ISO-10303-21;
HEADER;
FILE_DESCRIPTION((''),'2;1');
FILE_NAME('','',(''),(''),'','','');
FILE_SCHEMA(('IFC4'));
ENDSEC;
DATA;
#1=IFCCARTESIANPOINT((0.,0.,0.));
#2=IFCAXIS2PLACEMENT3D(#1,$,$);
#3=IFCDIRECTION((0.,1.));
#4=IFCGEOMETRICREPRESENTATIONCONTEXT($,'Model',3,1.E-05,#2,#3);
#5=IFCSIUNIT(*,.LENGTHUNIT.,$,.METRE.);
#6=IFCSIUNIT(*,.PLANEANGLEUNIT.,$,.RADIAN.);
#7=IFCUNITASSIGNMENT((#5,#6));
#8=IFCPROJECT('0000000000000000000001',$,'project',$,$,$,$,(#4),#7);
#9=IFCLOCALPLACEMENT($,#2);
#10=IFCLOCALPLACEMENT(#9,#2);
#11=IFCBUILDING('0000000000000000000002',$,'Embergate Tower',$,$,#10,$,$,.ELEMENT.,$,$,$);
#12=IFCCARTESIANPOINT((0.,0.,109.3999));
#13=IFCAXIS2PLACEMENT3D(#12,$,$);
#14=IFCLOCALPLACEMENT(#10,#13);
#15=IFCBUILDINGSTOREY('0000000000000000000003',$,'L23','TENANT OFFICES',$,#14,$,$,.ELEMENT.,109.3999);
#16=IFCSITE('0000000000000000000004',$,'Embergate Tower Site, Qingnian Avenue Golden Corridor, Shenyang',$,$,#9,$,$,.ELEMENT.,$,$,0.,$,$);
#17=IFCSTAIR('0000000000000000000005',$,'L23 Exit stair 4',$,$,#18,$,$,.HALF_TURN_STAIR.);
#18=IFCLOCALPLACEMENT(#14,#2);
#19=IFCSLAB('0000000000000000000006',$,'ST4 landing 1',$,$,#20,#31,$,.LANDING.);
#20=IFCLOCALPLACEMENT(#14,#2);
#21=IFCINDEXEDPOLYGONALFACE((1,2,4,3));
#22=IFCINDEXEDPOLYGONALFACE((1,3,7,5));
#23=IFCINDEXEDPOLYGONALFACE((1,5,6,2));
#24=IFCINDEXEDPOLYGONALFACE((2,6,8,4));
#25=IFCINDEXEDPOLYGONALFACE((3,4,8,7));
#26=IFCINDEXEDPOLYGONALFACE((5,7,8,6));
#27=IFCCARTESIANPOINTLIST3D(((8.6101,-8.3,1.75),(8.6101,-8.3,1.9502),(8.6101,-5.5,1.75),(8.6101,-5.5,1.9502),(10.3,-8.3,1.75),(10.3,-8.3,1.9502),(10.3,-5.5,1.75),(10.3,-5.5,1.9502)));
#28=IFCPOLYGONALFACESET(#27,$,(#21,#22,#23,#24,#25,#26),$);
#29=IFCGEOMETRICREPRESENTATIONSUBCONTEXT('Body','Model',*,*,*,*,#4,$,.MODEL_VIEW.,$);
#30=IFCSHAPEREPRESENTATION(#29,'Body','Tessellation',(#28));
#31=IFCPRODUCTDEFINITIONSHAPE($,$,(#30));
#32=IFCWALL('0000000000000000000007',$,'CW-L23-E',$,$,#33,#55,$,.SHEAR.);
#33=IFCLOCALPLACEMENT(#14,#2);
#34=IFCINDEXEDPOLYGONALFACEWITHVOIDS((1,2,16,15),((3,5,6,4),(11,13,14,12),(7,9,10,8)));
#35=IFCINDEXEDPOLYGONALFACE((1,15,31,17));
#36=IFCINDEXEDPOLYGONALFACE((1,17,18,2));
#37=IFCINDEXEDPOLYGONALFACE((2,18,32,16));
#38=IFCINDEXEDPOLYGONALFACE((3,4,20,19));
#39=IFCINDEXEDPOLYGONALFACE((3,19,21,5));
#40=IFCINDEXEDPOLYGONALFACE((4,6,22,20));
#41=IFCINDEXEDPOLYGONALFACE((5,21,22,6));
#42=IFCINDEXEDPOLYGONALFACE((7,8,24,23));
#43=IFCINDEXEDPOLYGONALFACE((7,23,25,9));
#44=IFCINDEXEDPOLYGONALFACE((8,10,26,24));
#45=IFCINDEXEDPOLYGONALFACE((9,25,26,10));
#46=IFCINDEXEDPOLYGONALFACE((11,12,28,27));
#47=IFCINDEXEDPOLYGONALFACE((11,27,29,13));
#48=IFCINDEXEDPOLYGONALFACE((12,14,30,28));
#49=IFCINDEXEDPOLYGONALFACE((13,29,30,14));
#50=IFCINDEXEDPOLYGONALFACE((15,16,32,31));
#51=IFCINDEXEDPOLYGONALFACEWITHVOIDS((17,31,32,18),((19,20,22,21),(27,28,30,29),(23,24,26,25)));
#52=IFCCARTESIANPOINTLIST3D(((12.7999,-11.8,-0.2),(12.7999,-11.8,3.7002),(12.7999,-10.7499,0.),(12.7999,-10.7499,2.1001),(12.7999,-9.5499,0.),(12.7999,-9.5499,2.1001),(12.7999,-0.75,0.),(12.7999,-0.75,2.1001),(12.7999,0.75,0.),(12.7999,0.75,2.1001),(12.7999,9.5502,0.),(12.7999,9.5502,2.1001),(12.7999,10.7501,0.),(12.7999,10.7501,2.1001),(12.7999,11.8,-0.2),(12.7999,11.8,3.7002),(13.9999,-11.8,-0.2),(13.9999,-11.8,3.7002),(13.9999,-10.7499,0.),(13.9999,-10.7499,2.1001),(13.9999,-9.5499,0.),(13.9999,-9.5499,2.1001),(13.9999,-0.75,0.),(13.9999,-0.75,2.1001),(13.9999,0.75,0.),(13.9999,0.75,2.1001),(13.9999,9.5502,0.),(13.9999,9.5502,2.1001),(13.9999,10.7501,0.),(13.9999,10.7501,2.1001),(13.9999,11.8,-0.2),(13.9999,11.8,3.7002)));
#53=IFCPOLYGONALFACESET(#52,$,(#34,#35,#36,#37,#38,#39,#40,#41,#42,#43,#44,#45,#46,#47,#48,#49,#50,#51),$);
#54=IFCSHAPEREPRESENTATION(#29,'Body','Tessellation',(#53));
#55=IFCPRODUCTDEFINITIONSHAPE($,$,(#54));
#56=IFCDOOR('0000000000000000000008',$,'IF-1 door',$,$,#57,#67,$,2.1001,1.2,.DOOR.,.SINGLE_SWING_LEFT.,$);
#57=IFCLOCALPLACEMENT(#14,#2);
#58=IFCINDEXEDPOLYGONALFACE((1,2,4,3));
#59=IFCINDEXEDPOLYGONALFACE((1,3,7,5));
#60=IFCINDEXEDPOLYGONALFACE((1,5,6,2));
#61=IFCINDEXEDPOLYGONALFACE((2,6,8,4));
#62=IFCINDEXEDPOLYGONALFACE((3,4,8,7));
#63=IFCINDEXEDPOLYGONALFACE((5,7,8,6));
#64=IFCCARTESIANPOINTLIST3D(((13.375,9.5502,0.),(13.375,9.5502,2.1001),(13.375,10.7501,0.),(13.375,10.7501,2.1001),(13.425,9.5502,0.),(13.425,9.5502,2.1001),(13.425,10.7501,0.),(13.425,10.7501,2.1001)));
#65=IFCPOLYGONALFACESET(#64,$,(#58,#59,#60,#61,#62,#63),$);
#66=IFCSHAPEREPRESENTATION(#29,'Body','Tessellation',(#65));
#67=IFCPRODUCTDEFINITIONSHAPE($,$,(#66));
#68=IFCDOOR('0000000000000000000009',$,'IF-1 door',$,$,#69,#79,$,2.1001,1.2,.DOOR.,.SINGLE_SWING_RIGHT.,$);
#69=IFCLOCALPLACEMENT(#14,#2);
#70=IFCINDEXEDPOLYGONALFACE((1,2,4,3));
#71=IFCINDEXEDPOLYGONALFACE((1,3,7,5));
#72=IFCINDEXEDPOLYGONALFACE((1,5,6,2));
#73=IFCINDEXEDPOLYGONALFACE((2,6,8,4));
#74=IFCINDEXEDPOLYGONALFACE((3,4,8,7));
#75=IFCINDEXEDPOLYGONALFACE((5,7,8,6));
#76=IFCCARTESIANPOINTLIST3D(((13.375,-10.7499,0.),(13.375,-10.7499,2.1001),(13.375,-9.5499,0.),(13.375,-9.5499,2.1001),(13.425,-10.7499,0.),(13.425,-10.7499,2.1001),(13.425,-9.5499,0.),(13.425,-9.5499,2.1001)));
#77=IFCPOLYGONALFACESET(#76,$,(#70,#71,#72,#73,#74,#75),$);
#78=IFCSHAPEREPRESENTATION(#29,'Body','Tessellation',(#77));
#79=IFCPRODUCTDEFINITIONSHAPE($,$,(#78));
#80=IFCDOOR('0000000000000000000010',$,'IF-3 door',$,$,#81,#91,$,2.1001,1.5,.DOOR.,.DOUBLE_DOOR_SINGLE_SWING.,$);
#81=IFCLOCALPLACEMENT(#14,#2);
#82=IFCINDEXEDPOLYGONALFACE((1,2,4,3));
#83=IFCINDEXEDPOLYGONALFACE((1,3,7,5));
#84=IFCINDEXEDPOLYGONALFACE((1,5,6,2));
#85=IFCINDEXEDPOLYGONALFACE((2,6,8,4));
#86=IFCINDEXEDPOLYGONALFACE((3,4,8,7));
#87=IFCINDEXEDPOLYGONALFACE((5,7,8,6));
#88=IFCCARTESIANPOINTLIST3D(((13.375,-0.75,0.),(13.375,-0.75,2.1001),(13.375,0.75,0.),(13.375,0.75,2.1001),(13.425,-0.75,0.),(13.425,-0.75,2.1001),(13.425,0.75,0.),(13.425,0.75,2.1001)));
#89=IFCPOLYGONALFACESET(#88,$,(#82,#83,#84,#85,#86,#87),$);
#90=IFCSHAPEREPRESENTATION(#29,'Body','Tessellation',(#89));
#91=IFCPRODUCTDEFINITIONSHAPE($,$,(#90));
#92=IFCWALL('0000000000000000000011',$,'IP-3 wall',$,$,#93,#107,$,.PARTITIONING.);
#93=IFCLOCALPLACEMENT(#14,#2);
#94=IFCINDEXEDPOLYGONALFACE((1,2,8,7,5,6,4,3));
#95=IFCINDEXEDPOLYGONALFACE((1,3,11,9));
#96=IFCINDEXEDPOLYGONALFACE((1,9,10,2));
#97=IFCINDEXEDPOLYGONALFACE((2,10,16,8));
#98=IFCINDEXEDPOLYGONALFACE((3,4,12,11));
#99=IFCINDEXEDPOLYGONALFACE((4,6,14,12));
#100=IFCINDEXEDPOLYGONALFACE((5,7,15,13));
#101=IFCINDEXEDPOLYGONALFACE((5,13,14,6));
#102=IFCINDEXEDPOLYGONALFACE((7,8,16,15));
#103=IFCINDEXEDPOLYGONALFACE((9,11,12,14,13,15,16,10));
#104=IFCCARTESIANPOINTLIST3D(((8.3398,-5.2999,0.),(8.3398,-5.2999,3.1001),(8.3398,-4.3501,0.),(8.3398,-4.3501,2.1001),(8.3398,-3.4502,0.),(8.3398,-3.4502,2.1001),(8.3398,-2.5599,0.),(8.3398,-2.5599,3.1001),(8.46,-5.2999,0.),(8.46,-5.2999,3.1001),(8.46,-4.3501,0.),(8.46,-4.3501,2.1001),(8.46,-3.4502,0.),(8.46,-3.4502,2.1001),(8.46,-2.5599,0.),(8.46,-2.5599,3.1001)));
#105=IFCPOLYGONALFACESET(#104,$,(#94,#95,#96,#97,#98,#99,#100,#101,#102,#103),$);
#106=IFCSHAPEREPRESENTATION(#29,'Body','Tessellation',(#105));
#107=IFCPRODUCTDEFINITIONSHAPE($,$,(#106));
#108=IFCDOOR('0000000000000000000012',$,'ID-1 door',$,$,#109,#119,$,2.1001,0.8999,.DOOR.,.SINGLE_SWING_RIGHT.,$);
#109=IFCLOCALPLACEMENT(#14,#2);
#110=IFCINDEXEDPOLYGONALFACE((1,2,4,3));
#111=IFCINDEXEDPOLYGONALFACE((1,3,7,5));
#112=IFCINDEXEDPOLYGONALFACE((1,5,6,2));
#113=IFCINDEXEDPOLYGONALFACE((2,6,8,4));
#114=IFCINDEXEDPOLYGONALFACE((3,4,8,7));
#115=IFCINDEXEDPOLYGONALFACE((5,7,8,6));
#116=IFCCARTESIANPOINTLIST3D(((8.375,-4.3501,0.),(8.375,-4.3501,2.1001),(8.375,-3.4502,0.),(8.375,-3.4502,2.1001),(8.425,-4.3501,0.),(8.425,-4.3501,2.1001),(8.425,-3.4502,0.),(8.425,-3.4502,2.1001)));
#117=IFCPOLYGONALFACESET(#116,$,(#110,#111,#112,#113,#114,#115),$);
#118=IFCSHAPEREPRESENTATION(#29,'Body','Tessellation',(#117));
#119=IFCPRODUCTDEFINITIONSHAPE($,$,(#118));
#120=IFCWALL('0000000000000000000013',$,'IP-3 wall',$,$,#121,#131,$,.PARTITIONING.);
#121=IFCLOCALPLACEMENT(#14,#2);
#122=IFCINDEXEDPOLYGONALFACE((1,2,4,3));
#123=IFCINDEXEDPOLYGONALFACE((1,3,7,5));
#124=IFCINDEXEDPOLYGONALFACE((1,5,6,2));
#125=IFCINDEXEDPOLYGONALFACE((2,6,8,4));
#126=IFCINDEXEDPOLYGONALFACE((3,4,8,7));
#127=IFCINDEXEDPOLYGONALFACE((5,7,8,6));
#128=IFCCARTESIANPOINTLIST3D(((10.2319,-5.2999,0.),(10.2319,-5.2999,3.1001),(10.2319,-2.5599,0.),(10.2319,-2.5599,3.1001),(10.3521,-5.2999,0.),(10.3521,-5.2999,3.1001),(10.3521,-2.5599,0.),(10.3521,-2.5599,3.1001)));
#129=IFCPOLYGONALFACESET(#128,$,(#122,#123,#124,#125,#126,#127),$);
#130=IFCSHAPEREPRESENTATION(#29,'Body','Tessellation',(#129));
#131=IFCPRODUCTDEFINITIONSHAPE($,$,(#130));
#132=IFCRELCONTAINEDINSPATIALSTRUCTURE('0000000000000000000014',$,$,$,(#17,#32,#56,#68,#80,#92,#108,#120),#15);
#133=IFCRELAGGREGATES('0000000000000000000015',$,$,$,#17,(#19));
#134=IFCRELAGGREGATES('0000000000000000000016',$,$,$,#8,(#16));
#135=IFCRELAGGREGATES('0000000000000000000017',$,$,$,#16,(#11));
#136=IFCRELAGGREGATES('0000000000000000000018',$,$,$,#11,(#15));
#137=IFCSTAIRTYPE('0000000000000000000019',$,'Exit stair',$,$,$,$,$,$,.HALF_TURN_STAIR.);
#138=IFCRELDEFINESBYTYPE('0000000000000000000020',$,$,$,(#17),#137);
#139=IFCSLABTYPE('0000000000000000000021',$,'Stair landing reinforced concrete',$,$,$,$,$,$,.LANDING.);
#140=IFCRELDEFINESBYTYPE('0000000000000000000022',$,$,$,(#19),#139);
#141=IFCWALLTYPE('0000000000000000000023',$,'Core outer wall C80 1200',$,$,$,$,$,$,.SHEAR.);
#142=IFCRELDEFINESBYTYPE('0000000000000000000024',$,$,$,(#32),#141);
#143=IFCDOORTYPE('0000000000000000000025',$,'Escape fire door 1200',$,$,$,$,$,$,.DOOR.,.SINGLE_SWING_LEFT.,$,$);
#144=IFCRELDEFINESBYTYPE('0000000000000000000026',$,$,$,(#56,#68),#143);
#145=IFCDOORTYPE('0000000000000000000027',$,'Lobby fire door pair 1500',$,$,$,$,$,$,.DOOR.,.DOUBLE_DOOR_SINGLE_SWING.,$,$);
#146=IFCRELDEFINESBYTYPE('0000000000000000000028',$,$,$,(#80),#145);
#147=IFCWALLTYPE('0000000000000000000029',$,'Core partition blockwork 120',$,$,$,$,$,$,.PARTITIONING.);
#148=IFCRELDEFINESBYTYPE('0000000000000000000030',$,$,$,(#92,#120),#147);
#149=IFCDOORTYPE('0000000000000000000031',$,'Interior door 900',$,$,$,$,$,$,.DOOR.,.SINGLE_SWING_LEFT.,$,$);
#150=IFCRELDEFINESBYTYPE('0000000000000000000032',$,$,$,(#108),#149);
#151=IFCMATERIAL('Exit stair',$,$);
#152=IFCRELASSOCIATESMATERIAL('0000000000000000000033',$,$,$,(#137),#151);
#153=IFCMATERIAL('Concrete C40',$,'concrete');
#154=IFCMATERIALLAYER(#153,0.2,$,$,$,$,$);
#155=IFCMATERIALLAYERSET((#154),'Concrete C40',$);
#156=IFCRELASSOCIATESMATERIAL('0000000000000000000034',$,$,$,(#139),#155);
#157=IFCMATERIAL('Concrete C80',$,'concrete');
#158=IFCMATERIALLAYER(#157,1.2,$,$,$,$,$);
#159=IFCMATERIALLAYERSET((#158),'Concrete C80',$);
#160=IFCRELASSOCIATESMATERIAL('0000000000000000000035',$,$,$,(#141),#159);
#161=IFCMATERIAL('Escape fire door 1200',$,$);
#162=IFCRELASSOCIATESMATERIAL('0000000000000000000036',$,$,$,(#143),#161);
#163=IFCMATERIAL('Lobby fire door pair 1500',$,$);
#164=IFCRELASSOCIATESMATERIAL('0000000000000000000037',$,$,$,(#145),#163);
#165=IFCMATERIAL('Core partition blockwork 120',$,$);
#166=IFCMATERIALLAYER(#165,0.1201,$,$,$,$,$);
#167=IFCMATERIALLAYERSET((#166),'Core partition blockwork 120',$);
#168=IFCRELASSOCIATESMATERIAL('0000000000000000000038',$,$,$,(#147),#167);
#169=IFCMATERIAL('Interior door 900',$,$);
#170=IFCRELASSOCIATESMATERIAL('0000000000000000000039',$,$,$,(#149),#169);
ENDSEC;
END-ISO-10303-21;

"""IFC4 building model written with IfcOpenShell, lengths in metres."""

from ifc_helpers import new_model, si_unit, direction, frame, frame_2d, origin, place, context, subcontext, project, spatial, polyline, rectangle, outline, extrude, source, transform, mapped, material, layer, layer_set, type_object, element, fill, aggregate, save


model = new_model("IFC4")

# Units and contexts
model_context = context("Model", 3, precision=1e-05, world=origin(), true_north=direction((0.0, 1.0)))
body_context = subcontext(model_context, "Body", "Model", "MODEL_VIEW")
ifc_project = project(units=[si_unit("LENGTHUNIT", "METRE"), si_unit("PLANEANGLEUNIT", "RADIAN")], contexts=[model_context])

# Site, building, storey
site_placement = place(None, origin())
site = spatial("IfcSite", under=ifc_project, at=site_placement, Name="Embergate Tower Site, Qingnian Avenue Golden Corridor, Shenyang", CompositionType="ELEMENT", RefElevation=0.0)
building_placement = place(site_placement, origin())
building = spatial("IfcBuilding", under=site, at=building_placement, Name="Embergate Tower", CompositionType="ELEMENT")
storey_placement = place(building_placement, frame((0.0, 0.0, 109.3999)))
storey = spatial("IfcBuildingStorey", under=building, at=storey_placement, Name="L23", Description="TENANT OFFICES", CompositionType="ELEMENT", Elevation=109.3999)

# Stair, slab
ifc_material_1 = material(Name="Exit stair")
stair_type = type_object("IfcStairType", Name="Exit stair", PredefinedType="HALF_TURN_STAIR", material=ifc_material_1)
stair_placement = place(storey_placement, origin())
stair = element("IfcStair", 1, at=stair_placement, inside=storey, type_object=stair_type, Name="L23 Exit stair 4", PredefinedType="HALF_TURN_STAIR")
ifc_material_2 = material(Name="Concrete C40", Category="concrete")
ifc_layer_1 = layer(ifc_material_2, 0.2)
ifc_layer_set_1 = layer_set([ifc_layer_1], Name="Concrete C40")
slab_type = type_object("IfcSlabType", Name="Stair landing reinforced concrete", PredefinedType="LANDING", material=ifc_layer_set_1)
shared_shape_1 = source(origin(), body_context, "Body", "SweptSolid", [
    extrude(outline(polyline([(0.0, 0.0), (1.6899, 0.0), (1.6899, 2.8), (0.0, 2.8), (0.0, 0.0)])), origin(), (0.0, 0.0, 1.0), 0.2002),
])
slab_placement = place(storey_placement, frame((8.6101, -8.3, 1.75)))
slab = element("IfcSlab", 2, at=slab_placement, type_object=slab_type, Name="ST4 landing 1", PredefinedType="LANDING", context=body_context, shape_type="MappedRepresentation", body=[
    mapped(shared_shape_1, transform((0.0, 0.0, 0.0))),
])

# Wall, openings, doors
ifc_material_3 = material(Name="Concrete C80", Category="concrete")
ifc_layer_2 = layer(ifc_material_3, 1.2)
ifc_layer_set_2 = layer_set([ifc_layer_2], Name="Concrete C80")
wall_type_1 = type_object("IfcWallType", Name="Core outer wall C80 1200", PredefinedType="SHEAR", material=ifc_layer_set_2)
shared_shape_2 = source(origin(), body_context, "Body", "SweptSolid", [
    extrude(rectangle(XDim=23.6001, YDim=1.2, at=frame_2d((11.8, 0.0))), origin(), (0.0, 0.0, 1.0), 3.9001),
])
wall_1_placement = place(storey_placement, frame((13.3999, -11.8, -0.2), z_axis=(0.0, 0.0, 1.0), x_axis=(0.0, 1.0, 0.0)))
wall_1 = element("IfcWall", 3, at=wall_1_placement, inside=storey, type_object=wall_type_1, Name="CW-L23-E", PredefinedType="SHEAR", context=body_context, shape_type="MappedRepresentation", body=[
    mapped(shared_shape_2, transform((0.0, 0.0, 0.0))),
])
shared_shape_3 = source(origin(), body_context, "Body", "SweptSolid", [
    extrude(rectangle(XDim=1.2, YDim=2.1001, at=frame_2d((0.6001, 1.05))), frame((0.0, 0.6099, 0.0), z_axis=(0.0, -1.0, 0.0), x_axis=(1.0, 0.0, 0.0)), (0.0, 0.0, 1.0), 1.22),
])
opening_1_placement = place(wall_1_placement, frame((21.3501, 0.0, 0.2)))
opening_1 = element("IfcOpeningElement", 4, at=opening_1_placement, cuts=wall_1, PredefinedType="OPENING", context=body_context, shape_type="MappedRepresentation", body=[
    mapped(shared_shape_3, transform((0.0, 0.0, 0.0))),
])
opening_2_placement = place(wall_1_placement, frame((1.05, 0.0, 0.2)))
opening_2 = element("IfcOpeningElement", 5, at=opening_2_placement, cuts=wall_1, PredefinedType="OPENING", context=body_context, shape_type="MappedRepresentation", body=[
    mapped(shared_shape_3, transform((0.0, 0.0, 0.0))),
])
shared_shape_4 = source(origin(), body_context, "Body", "SweptSolid", [
    extrude(rectangle(XDim=1.5, YDim=2.1001, at=frame_2d((0.75, 1.05))), frame((0.0, 0.6099, 0.0), z_axis=(0.0, -1.0, 0.0), x_axis=(1.0, 0.0, 0.0)), (0.0, 0.0, 1.0), 1.22),
])
opening_3_placement = place(wall_1_placement, frame((11.05, 0.0, 0.2)))
opening_3 = element("IfcOpeningElement", 6, at=opening_3_placement, cuts=wall_1, PredefinedType="OPENING", context=body_context, shape_type="MappedRepresentation", body=[
    mapped(shared_shape_4, transform((0.0, 0.0, 0.0))),
])
ifc_material_4 = material(Name="Escape fire door 1200")
door_type_1 = type_object("IfcDoorType", Name="Escape fire door 1200", OperationType="SINGLE_SWING_LEFT", PredefinedType="DOOR", material=ifc_material_4)
shared_shape_5 = source(origin(), body_context, "Body", "SweptSolid", [
    extrude(rectangle(XDim=1.2, YDim=2.1001, at=frame_2d((0.6001, 1.05))), frame((0.0, 0.0249, 0.0), z_axis=(0.0, -1.0, 0.0), x_axis=(1.0, 0.0, 0.0)), (0.0, 0.0, 1.0), 0.05),
])
door_1_placement = place(opening_1_placement, origin())
door_1 = element("IfcDoor", 7, at=door_1_placement, inside=storey, type_object=door_type_1, Name="IF-1 door", OperationType="SINGLE_SWING_LEFT", OverallHeight=2.1001, OverallWidth=1.2, PredefinedType="DOOR", context=body_context, shape_type="MappedRepresentation", body=[
    mapped(shared_shape_5, transform((0.0, 0.0, 0.0))),
])
fill(opening_1, door_1)
door_2_placement = place(opening_2_placement, origin())
door_2 = element("IfcDoor", 8, at=door_2_placement, inside=storey, type_object=door_type_1, Name="IF-1 door", OperationType="SINGLE_SWING_RIGHT", OverallHeight=2.1001, OverallWidth=1.2, PredefinedType="DOOR", context=body_context, shape_type="MappedRepresentation", body=[
    mapped(shared_shape_5, transform((0.0, 0.0, 0.0))),
])
fill(opening_2, door_2)
ifc_material_5 = material(Name="Lobby fire door pair 1500")
door_type_2 = type_object("IfcDoorType", Name="Lobby fire door pair 1500", OperationType="DOUBLE_DOOR_SINGLE_SWING", PredefinedType="DOOR", material=ifc_material_5)
shared_shape_6 = source(origin(), body_context, "Body", "SweptSolid", [
    extrude(rectangle(XDim=1.5, YDim=2.1001, at=frame_2d((0.75, 1.05))), frame((0.0, 0.0249, 0.0), z_axis=(0.0, -1.0, 0.0), x_axis=(1.0, 0.0, 0.0)), (0.0, 0.0, 1.0), 0.05),
])
door_3_placement = place(opening_3_placement, origin())
door_3 = element("IfcDoor", 9, at=door_3_placement, inside=storey, type_object=door_type_2, Name="IF-3 door", OperationType="DOUBLE_DOOR_SINGLE_SWING", OverallHeight=2.1001, OverallWidth=1.5, PredefinedType="DOOR", context=body_context, shape_type="MappedRepresentation", body=[
    mapped(shared_shape_6, transform((0.0, 0.0, 0.0))),
])
fill(opening_3, door_3)

# Wall, opening, door
ifc_material_6 = material(Name="Core partition blockwork 120")
ifc_layer_3 = layer(ifc_material_6, 0.1201)
ifc_layer_set_3 = layer_set([ifc_layer_3], Name="Core partition blockwork 120")
wall_type_2 = type_object("IfcWallType", Name="Core partition blockwork 120", PredefinedType="PARTITIONING", material=ifc_layer_set_3)
shared_shape_7 = source(origin(), body_context, "Body", "SweptSolid", [
    extrude(rectangle(XDim=2.74, YDim=0.1201, at=frame_2d((1.3701, 0.0))), origin(), (0.0, 0.0, 1.0), 3.1001),
])
wall_2_placement = place(storey_placement, frame((8.3999, -5.3, 0.0), z_axis=(0.0, 0.0, 1.0), x_axis=(0.0, 1.0, 0.0)))
wall_2 = element("IfcWall", 10, at=wall_2_placement, inside=storey, type_object=wall_type_2, Name="IP-3 wall", PredefinedType="PARTITIONING", context=body_context, shape_type="MappedRepresentation", body=[
    mapped(shared_shape_7, transform((0.0, 0.0, 0.0))),
])
shared_shape_8 = source(origin(), body_context, "Body", "SweptSolid", [
    extrude(rectangle(XDim=0.8999, YDim=2.1001, at=frame_2d((0.45, 1.05))), frame((0.0, 0.0701, 0.0), z_axis=(0.0, -1.0, 0.0), x_axis=(1.0, 0.0, 0.0)), (0.0, 0.0, 1.0), 0.1401),
])
opening_4_placement = place(wall_2_placement, frame((0.95, 0.0, 0.0)))
opening_4 = element("IfcOpeningElement", 11, at=opening_4_placement, cuts=wall_2, PredefinedType="OPENING", context=body_context, shape_type="MappedRepresentation", body=[
    mapped(shared_shape_8, transform((0.0, 0.0, 0.0))),
])
ifc_material_7 = material(Name="Interior door 900")
door_type_3 = type_object("IfcDoorType", Name="Interior door 900", OperationType="SINGLE_SWING_LEFT", PredefinedType="DOOR", material=ifc_material_7)
shared_shape_9 = source(origin(), body_context, "Body", "SweptSolid", [
    extrude(rectangle(XDim=0.8999, YDim=2.1001, at=frame_2d((0.45, 1.05))), frame((0.0, 0.0249, 0.0), z_axis=(0.0, -1.0, 0.0), x_axis=(1.0, 0.0, 0.0)), (0.0, 0.0, 1.0), 0.05),
])
door_4_placement = place(opening_4_placement, origin())
door_4 = element("IfcDoor", 12, at=door_4_placement, inside=storey, type_object=door_type_3, Name="ID-1 door", OperationType="SINGLE_SWING_RIGHT", OverallHeight=2.1001, OverallWidth=0.8999, PredefinedType="DOOR", context=body_context, shape_type="MappedRepresentation", body=[
    mapped(shared_shape_9, transform((0.0, 0.0, 0.0))),
])
fill(opening_4, door_4)

# Wall
wall_3_placement = place(storey_placement, frame((10.292, -5.3, 0.0), z_axis=(0.0, 0.0, 1.0), x_axis=(0.0, 1.0, 0.0)))
element("IfcWall", 13, at=wall_3_placement, inside=storey, type_object=wall_type_2, Name="IP-3 wall", PredefinedType="PARTITIONING", context=body_context, shape_type="MappedRepresentation", body=[
    mapped(shared_shape_7, transform((0.0, 0.0, 0.0))),
])

aggregate(stair, [slab])

save(model, "model.ifc")
